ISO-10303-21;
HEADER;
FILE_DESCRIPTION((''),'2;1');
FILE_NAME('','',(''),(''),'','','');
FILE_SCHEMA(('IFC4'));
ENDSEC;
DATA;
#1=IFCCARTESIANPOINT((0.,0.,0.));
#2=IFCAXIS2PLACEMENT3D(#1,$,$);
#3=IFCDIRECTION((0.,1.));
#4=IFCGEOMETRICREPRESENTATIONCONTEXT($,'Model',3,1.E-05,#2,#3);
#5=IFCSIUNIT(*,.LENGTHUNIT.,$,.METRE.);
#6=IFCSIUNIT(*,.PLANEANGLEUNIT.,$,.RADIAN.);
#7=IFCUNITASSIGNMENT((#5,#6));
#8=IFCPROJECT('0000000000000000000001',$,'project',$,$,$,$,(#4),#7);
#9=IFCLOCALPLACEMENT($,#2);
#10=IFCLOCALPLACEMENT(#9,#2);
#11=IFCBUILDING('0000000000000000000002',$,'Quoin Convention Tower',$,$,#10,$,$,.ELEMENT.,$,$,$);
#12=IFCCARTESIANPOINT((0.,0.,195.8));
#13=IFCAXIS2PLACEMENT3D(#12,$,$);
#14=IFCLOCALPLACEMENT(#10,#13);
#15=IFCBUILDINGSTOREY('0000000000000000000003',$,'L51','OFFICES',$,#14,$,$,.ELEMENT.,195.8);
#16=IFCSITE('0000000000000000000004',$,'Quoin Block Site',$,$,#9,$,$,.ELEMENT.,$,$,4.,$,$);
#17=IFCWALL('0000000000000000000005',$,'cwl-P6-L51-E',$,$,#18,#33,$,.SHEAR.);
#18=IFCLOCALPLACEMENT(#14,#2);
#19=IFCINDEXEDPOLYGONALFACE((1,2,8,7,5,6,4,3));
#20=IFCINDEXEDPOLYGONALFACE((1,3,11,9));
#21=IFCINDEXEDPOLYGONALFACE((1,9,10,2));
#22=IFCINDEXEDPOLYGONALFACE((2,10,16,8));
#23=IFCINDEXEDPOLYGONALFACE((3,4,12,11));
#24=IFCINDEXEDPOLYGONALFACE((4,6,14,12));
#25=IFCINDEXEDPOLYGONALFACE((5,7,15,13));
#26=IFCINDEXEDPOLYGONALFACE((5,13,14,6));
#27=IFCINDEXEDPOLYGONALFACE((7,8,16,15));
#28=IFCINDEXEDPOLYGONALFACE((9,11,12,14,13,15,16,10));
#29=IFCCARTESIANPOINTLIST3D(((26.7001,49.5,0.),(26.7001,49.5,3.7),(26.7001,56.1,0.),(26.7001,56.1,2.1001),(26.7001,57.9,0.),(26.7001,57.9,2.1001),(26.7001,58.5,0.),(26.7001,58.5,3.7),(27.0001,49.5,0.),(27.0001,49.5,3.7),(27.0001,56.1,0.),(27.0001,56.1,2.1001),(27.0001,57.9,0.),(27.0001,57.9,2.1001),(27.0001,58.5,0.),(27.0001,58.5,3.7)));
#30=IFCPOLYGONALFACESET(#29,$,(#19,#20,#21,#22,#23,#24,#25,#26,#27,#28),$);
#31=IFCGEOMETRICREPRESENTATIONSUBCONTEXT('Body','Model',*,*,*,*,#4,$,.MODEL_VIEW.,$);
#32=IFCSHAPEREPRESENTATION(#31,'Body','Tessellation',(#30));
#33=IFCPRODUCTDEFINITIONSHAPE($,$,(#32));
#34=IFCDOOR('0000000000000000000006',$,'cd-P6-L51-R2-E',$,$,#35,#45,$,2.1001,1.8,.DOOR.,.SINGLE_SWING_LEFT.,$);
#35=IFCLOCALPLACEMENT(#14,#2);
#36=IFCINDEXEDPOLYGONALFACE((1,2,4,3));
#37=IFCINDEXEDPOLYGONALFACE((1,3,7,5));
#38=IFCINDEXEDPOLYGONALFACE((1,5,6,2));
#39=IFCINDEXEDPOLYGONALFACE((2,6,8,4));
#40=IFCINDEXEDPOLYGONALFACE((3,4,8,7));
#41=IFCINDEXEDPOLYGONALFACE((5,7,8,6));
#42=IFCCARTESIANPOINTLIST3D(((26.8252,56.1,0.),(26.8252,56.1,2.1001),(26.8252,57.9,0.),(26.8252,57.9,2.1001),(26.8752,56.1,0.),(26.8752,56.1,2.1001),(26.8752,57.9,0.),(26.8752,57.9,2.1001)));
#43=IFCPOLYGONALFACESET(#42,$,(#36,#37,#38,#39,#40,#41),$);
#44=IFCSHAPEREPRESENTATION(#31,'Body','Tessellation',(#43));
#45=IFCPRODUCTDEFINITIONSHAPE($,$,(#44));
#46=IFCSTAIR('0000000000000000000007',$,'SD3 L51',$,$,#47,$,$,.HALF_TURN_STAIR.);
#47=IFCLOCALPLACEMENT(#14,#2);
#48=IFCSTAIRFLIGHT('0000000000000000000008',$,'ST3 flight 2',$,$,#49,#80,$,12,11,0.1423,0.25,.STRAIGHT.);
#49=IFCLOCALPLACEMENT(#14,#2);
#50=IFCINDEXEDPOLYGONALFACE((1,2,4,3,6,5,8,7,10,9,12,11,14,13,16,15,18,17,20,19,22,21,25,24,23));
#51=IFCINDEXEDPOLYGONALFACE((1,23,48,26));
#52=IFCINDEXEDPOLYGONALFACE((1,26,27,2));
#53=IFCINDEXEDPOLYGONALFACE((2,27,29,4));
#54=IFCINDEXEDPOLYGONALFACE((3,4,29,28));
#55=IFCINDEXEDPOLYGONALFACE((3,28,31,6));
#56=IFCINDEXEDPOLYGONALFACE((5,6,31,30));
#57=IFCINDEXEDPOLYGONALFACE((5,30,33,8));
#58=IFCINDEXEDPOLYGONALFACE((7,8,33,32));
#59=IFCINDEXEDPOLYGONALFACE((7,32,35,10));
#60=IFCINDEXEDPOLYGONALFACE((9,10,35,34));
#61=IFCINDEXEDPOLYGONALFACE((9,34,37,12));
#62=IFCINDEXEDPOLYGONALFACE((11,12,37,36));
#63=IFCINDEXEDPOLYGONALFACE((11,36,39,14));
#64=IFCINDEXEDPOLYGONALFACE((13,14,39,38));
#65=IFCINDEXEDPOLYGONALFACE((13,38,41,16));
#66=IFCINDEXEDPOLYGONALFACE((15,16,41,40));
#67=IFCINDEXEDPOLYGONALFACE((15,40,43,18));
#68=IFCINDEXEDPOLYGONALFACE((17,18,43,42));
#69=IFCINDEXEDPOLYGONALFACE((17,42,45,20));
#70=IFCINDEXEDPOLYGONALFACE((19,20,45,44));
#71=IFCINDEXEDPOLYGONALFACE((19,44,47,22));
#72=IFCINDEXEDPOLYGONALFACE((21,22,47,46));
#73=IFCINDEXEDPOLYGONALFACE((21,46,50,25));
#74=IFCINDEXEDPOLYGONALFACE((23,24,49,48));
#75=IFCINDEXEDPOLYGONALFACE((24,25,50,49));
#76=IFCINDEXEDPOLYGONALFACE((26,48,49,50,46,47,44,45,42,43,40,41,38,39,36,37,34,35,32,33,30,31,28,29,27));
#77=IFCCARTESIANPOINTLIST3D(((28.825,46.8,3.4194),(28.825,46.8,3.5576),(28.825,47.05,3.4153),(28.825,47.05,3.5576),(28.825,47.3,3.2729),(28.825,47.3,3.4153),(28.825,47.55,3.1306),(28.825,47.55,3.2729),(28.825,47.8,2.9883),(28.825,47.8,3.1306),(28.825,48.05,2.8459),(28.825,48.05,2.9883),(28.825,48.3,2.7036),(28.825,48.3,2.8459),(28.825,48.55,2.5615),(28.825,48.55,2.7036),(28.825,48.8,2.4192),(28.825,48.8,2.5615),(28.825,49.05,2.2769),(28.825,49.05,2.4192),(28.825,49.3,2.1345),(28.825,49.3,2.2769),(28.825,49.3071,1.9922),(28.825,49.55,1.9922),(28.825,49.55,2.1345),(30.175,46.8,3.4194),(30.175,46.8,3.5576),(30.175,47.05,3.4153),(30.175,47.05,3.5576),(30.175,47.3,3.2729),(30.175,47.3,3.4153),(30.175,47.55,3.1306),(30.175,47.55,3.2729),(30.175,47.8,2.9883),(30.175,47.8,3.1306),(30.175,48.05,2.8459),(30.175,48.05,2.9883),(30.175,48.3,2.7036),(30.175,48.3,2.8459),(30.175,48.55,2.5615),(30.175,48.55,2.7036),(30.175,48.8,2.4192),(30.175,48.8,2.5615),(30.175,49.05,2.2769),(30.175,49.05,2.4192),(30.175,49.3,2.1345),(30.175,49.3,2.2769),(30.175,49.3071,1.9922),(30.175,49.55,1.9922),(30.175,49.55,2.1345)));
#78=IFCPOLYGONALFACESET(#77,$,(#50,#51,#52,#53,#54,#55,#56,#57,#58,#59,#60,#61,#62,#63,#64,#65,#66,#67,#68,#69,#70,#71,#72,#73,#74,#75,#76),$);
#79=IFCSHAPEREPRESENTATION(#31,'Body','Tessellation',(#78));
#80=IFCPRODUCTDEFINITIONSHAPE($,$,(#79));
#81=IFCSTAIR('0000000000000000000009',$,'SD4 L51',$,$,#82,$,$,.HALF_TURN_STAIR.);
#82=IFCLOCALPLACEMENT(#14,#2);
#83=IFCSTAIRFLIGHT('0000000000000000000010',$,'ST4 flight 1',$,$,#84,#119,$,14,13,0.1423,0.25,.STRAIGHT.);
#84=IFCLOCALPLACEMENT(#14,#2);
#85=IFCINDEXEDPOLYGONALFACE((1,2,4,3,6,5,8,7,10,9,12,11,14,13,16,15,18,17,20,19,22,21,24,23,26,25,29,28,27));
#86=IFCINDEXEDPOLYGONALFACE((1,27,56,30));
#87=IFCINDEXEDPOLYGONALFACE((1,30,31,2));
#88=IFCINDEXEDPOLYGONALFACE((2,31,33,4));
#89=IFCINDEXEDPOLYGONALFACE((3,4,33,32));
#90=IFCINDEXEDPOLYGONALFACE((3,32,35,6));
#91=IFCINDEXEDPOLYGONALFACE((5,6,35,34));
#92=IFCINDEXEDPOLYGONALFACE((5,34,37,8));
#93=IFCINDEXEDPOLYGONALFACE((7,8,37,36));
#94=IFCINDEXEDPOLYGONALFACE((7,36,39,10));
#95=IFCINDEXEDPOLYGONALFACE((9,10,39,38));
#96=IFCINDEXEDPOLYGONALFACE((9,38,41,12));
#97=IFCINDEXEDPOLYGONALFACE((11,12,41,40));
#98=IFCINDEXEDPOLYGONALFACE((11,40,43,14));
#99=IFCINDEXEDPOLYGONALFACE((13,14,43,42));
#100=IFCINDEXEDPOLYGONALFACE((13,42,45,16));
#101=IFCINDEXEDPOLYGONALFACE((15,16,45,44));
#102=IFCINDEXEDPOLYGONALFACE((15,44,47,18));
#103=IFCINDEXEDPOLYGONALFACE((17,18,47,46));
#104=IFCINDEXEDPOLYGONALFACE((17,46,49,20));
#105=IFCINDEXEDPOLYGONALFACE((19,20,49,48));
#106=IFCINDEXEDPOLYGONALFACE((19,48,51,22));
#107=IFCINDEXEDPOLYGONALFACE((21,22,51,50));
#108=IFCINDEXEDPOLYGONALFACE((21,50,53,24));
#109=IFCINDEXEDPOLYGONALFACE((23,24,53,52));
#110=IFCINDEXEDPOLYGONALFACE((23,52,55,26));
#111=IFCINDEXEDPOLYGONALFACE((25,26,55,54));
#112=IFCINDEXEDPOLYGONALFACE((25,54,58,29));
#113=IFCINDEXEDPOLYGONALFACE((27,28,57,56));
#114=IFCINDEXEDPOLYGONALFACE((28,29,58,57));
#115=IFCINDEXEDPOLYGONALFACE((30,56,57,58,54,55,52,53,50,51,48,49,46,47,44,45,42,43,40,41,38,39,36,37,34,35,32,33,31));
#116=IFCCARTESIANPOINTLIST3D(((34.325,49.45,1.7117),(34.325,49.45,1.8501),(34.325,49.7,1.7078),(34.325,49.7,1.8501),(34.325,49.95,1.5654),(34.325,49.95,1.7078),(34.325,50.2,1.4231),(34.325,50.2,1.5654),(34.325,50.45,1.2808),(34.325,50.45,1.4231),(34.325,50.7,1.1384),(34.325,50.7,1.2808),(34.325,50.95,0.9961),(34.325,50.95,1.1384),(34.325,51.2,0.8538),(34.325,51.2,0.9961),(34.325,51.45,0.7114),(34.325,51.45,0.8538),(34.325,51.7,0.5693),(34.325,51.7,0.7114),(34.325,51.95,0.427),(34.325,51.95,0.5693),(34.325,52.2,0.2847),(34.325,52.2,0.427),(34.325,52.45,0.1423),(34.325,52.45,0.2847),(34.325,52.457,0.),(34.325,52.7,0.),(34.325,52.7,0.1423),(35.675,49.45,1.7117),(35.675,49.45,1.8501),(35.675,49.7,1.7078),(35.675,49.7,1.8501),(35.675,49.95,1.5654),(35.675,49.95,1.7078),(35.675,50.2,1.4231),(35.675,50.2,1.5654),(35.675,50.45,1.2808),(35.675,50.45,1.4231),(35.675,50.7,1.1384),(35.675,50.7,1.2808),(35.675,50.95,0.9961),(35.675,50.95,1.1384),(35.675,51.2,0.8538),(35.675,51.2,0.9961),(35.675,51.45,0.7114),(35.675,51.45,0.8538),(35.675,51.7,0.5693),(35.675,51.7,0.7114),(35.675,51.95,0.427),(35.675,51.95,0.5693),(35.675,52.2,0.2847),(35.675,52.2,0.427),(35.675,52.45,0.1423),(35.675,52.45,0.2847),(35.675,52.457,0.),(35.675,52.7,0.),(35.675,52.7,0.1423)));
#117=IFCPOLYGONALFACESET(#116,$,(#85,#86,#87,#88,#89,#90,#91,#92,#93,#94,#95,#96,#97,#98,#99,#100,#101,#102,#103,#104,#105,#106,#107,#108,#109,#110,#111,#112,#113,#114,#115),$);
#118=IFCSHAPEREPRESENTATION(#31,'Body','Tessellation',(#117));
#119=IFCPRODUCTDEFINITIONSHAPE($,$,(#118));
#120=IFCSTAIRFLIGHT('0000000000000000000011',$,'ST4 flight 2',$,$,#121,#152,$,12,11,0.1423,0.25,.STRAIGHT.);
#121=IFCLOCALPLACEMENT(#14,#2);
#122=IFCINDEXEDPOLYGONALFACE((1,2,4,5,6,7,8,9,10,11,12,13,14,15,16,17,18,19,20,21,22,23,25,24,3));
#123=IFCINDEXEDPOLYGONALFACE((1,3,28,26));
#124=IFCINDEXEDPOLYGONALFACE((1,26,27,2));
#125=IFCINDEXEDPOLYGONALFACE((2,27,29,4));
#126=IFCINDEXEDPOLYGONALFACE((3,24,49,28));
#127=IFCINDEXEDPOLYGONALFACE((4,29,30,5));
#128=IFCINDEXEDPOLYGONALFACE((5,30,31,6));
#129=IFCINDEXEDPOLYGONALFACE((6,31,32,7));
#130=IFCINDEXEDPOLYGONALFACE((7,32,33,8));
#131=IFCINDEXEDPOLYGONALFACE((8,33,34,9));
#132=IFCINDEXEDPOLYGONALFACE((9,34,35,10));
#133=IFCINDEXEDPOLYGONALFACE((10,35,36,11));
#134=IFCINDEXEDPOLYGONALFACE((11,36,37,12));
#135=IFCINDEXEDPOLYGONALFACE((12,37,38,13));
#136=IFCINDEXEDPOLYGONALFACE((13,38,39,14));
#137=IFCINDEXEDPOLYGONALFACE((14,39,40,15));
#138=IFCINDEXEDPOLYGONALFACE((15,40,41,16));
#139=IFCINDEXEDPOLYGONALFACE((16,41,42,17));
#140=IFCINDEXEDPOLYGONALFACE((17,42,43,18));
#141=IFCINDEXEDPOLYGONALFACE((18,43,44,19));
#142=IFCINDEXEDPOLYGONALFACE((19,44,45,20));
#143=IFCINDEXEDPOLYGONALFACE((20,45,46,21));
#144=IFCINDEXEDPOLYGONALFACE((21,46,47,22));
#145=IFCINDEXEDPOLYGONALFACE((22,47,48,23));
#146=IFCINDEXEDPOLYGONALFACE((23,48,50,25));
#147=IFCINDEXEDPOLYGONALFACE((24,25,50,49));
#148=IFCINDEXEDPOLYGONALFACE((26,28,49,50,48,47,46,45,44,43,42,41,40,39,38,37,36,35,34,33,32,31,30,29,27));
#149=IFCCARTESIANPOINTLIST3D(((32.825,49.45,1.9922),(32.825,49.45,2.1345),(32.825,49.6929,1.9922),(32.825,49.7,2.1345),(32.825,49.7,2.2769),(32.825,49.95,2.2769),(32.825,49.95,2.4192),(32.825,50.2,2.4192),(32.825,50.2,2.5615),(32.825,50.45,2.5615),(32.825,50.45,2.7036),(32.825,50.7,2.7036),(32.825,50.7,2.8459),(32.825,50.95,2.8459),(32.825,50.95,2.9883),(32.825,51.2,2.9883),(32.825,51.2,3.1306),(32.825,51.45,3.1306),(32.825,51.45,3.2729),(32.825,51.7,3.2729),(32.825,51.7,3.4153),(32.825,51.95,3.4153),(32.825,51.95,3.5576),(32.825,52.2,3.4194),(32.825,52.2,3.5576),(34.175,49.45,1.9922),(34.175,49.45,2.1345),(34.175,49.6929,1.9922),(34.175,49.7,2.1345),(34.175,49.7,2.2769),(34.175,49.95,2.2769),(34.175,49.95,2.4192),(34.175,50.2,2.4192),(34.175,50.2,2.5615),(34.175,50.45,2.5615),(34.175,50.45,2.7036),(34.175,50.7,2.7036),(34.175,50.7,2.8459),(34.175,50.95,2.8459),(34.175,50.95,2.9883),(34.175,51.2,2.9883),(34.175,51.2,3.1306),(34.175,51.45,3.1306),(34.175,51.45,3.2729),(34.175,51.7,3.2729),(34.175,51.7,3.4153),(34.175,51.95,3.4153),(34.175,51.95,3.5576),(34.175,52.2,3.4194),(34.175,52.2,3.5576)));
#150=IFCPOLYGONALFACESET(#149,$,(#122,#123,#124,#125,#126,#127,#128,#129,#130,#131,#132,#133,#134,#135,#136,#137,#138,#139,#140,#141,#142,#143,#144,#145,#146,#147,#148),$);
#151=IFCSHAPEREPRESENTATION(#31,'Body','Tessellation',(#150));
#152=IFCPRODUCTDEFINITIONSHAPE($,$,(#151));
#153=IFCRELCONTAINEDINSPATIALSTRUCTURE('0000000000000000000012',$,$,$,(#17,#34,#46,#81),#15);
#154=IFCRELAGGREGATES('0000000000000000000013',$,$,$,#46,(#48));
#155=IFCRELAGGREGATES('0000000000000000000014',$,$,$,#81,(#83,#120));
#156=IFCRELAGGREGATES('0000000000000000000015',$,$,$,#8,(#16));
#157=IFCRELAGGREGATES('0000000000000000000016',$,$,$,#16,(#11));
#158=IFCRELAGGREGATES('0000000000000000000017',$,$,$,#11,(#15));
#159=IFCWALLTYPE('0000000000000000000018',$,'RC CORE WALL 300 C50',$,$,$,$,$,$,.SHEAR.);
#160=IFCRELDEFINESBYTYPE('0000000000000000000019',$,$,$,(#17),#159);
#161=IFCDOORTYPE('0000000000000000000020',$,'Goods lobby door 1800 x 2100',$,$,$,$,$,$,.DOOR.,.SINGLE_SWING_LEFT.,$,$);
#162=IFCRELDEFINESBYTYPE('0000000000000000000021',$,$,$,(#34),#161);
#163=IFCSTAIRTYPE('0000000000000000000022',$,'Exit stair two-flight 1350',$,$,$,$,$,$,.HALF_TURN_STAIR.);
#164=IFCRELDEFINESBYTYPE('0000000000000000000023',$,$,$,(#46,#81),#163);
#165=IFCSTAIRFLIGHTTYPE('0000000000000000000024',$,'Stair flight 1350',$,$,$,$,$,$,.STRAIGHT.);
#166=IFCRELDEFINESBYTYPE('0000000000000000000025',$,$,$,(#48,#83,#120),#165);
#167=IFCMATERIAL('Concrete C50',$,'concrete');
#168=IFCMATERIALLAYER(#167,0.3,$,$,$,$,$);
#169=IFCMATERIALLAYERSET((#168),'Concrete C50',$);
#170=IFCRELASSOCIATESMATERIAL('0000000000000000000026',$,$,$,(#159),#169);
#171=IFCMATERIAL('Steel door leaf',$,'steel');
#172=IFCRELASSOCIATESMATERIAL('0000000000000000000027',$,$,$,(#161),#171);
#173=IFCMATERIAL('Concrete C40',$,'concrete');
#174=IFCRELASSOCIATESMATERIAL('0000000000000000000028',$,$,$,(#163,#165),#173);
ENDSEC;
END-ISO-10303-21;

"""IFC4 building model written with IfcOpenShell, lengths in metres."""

from ifc_helpers import new_model, si_unit, direction, frame, frame_2d, origin, place, context, subcontext, project, spatial, polyline, rectangle, outline, extrude, material, layer, layer_set, type_object, element, fill, aggregate, save


model = new_model("IFC4")

# Units and contexts
model_context = context("Model", 3, precision=1e-05, world=origin(), true_north=direction((0.0, 1.0)))
body_context = subcontext(model_context, "Body", "Model", "MODEL_VIEW")
ifc_project = project(units=[si_unit("LENGTHUNIT", "METRE"), si_unit("PLANEANGLEUNIT", "RADIAN")], contexts=[model_context])

# Site, building, storey
site_placement = place(None, origin())
site = spatial("IfcSite", under=ifc_project, at=site_placement, Name="Quoin Block Site", CompositionType="ELEMENT", RefElevation=4.0)
building_placement = place(site_placement, origin())
building = spatial("IfcBuilding", under=site, at=building_placement, Name="Quoin Convention Tower", CompositionType="ELEMENT")
storey_placement = place(building_placement, frame((0.0, 0.0, 195.8)))
storey = spatial("IfcBuildingStorey", under=building, at=storey_placement, Name="L51", Description="OFFICES", CompositionType="ELEMENT", Elevation=195.8)

# Shared definitions
ifc_material_1 = material(Name="Concrete C50", Category="concrete")

# Wall, opening, door
ifc_layer_1 = layer(ifc_material_1, 0.3)
ifc_layer_set_1 = layer_set([ifc_layer_1], Name="Concrete C50")
wall_type_1 = type_object("IfcWallType", Name="RC CORE WALL 300 C50", PredefinedType="SHEAR", material=ifc_layer_set_1)
ifc_material_2 = material(Name="Steel door leaf", Category="steel")
wall_1_placement = place(storey_placement, frame((26.8501, 49.5, 0.0), z_axis=(0.0, 0.0, 1.0), x_axis=(0.0, 1.0, 0.0)))
wall_1 = element("IfcWall", 1, at=wall_1_placement, inside=storey, type_object=wall_type_1, Name="cwl-P6-L51-E", PredefinedType="SHEAR", context=body_context, shape_type="SweptSolid", body=[
    extrude(rectangle(XDim=9.0, YDim=0.3, at=frame_2d((4.5, 0.0))), origin(), (0.0, 0.0, 1.0), 3.7),
])
opening_1_placement = place(wall_1_placement, frame((6.6001, 0.0, 0.0)))
opening_1 = element("IfcOpeningElement", 2, at=opening_1_placement, cuts=wall_1, PredefinedType="OPENING", context=body_context, shape_type="SweptSolid", body=[
    extrude(rectangle(XDim=1.8, YDim=2.1001, at=frame_2d((0.8999, 1.05))), frame((0.0, 0.1599, 0.0), z_axis=(0.0, -1.0, 0.0), x_axis=(1.0, 0.0, 0.0)), (0.0, 0.0, 1.0), 0.3201),
])
door_type_1 = type_object("IfcDoorType", Name="Goods lobby door 1800 x 2100", OperationType="SINGLE_SWING_LEFT", PredefinedType="DOOR", material=ifc_material_2)
door_1_placement = place(opening_1_placement, origin())
door_1 = element("IfcDoor", 3, at=door_1_placement, inside=storey, type_object=door_type_1, Name="cd-P6-L51-R2-E", OperationType="SINGLE_SWING_LEFT", OverallHeight=2.1001, OverallWidth=1.8, PredefinedType="DOOR", context=body_context, shape_type="SweptSolid", body=[
    extrude(rectangle(XDim=1.8, YDim=2.1001, at=frame_2d((0.8999, 1.05))), frame((0.0, 0.0249, 0.0), z_axis=(0.0, -1.0, 0.0), x_axis=(1.0, 0.0, 0.0)), (0.0, 0.0, 1.0), 0.05),
])
fill(opening_1, door_1)

# Stair, stair flight
ifc_material_3 = material(Name="Concrete C40", Category="concrete")
stair_type = type_object("IfcStairType", Name="Exit stair two-flight 1350", PredefinedType="HALF_TURN_STAIR", material=ifc_material_3)
stair_1_placement = place(storey_placement, origin())
stair_1 = element("IfcStair", 4, at=stair_1_placement, inside=storey, type_object=stair_type, Name="SD3 L51", PredefinedType="HALF_TURN_STAIR")
stair_flight_type = type_object("IfcStairFlightType", Name="Stair flight 1350", PredefinedType="STRAIGHT", material=ifc_material_3)
stair_flight_1_placement = place(storey_placement, frame((29.5, 49.55, 1.9922), z_axis=(0.0, 0.0, 1.0), x_axis=(0.0, -1.0, 0.0)))
stair_flight_1 = element("IfcStairFlight", 5, at=stair_flight_1_placement, type_object=stair_flight_type, Name="ST3 flight 2", NumberOfRisers=12, NumberOfTreads=11, PredefinedType="STRAIGHT", RiserHeight=0.1423, TreadLength=0.25, context=body_context, shape_type="SweptSolid", body=[
    extrude(outline(polyline([(0.0, 0.0), (0.0, 0.1423), (0.25, 0.1423), (0.25, 0.2847), (0.5, 0.2847), (0.5, 0.427), (0.75, 0.427), (0.75, 0.5693), (1.0, 0.5693), (1.0, 0.7114), (1.25, 0.7114), (1.25, 0.8538), (1.5, 0.8538), (1.5, 0.9961), (1.75, 0.9961), (1.75, 1.1384), (2.0, 1.1384), (2.0, 1.2808), (2.25, 1.2808), (2.25, 1.4231), (2.5, 1.4231), (2.5, 1.5654), (2.75, 1.5654), (2.75, 1.7078), (2.75, 1.4272), (0.2429, 0.0), (0.0, 0.0)])), frame((0.0, 0.675, 0.0), z_axis=(0.0, -1.0, 0.0), x_axis=(1.0, 0.0, 0.0)), (0.0, 0.0, 1.0), 1.3501),
])
aggregate(stair_1, [stair_flight_1])

# Stair, stair flights
stair_2_placement = place(storey_placement, origin())
stair_2 = element("IfcStair", 6, at=stair_2_placement, inside=storey, type_object=stair_type, Name="SD4 L51", PredefinedType="HALF_TURN_STAIR")
stair_flight_2_placement = place(storey_placement, frame((35.0, 52.7, 0.0), z_axis=(0.0, 0.0, 1.0), x_axis=(0.0, -1.0, 0.0)))
stair_flight_2 = element("IfcStairFlight", 7, at=stair_flight_2_placement, type_object=stair_flight_type, Name="ST4 flight 1", NumberOfRisers=14, NumberOfTreads=13, PredefinedType="STRAIGHT", RiserHeight=0.1423, TreadLength=0.25, context=body_context, shape_type="SweptSolid", body=[
    extrude(outline(polyline([(0.0, 0.0), (0.0, 0.1423), (0.25, 0.1423), (0.25, 0.2847), (0.5, 0.2847), (0.5, 0.427), (0.75, 0.427), (0.75, 0.5693), (1.0, 0.5693), (1.0, 0.7114), (1.25, 0.7114), (1.25, 0.8538), (1.5, 0.8538), (1.5, 0.9961), (1.75, 0.9961), (1.75, 1.1384), (2.0, 1.1384), (2.0, 1.2808), (2.25, 1.2808), (2.25, 1.4231), (2.5, 1.4231), (2.5, 1.5654), (2.75, 1.5654), (2.75, 1.7078), (3.0, 1.7078), (3.0, 1.8501), (3.25, 1.8501), (3.25, 1.9922), (3.25, 1.7117), (0.2429, 0.0), (0.0, 0.0)])), frame((0.0, 0.675, 0.0), z_axis=(0.0, -1.0, 0.0), x_axis=(1.0, 0.0, 0.0)), (0.0, 0.0, 1.0), 1.3501),
])
stair_flight_3_placement = place(storey_placement, frame((33.5, 49.45, 1.9922), z_axis=(0.0, 0.0, 1.0), x_axis=(0.0, 1.0, 0.0)))
stair_flight_3 = element("IfcStairFlight", 8, at=stair_flight_3_placement, type_object=stair_flight_type, Name="ST4 flight 2", NumberOfRisers=12, NumberOfTreads=11, PredefinedType="STRAIGHT", RiserHeight=0.1423, TreadLength=0.25, context=body_context, shape_type="SweptSolid", body=[
    extrude(outline(polyline([(0.0, 0.0), (0.0, 0.1423), (0.25, 0.1423), (0.25, 0.2847), (0.5, 0.2847), (0.5, 0.427), (0.75, 0.427), (0.75, 0.5693), (1.0, 0.5693), (1.0, 0.7114), (1.25, 0.7114), (1.25, 0.8538), (1.5, 0.8538), (1.5, 0.9961), (1.75, 0.9961), (1.75, 1.1384), (2.0, 1.1384), (2.0, 1.2808), (2.25, 1.2808), (2.25, 1.4231), (2.5, 1.4231), (2.5, 1.5654), (2.75, 1.5654), (2.75, 1.7078), (2.75, 1.4272), (0.2429, 0.0), (0.0, 0.0)])), frame((0.0, 0.675, 0.0), z_axis=(0.0, -1.0, 0.0), x_axis=(1.0, 0.0, 0.0)), (0.0, 0.0, 1.0), 1.3501),
])
aggregate(stair_2, [stair_flight_2, stair_flight_3])

save(model, "model.ifc")
